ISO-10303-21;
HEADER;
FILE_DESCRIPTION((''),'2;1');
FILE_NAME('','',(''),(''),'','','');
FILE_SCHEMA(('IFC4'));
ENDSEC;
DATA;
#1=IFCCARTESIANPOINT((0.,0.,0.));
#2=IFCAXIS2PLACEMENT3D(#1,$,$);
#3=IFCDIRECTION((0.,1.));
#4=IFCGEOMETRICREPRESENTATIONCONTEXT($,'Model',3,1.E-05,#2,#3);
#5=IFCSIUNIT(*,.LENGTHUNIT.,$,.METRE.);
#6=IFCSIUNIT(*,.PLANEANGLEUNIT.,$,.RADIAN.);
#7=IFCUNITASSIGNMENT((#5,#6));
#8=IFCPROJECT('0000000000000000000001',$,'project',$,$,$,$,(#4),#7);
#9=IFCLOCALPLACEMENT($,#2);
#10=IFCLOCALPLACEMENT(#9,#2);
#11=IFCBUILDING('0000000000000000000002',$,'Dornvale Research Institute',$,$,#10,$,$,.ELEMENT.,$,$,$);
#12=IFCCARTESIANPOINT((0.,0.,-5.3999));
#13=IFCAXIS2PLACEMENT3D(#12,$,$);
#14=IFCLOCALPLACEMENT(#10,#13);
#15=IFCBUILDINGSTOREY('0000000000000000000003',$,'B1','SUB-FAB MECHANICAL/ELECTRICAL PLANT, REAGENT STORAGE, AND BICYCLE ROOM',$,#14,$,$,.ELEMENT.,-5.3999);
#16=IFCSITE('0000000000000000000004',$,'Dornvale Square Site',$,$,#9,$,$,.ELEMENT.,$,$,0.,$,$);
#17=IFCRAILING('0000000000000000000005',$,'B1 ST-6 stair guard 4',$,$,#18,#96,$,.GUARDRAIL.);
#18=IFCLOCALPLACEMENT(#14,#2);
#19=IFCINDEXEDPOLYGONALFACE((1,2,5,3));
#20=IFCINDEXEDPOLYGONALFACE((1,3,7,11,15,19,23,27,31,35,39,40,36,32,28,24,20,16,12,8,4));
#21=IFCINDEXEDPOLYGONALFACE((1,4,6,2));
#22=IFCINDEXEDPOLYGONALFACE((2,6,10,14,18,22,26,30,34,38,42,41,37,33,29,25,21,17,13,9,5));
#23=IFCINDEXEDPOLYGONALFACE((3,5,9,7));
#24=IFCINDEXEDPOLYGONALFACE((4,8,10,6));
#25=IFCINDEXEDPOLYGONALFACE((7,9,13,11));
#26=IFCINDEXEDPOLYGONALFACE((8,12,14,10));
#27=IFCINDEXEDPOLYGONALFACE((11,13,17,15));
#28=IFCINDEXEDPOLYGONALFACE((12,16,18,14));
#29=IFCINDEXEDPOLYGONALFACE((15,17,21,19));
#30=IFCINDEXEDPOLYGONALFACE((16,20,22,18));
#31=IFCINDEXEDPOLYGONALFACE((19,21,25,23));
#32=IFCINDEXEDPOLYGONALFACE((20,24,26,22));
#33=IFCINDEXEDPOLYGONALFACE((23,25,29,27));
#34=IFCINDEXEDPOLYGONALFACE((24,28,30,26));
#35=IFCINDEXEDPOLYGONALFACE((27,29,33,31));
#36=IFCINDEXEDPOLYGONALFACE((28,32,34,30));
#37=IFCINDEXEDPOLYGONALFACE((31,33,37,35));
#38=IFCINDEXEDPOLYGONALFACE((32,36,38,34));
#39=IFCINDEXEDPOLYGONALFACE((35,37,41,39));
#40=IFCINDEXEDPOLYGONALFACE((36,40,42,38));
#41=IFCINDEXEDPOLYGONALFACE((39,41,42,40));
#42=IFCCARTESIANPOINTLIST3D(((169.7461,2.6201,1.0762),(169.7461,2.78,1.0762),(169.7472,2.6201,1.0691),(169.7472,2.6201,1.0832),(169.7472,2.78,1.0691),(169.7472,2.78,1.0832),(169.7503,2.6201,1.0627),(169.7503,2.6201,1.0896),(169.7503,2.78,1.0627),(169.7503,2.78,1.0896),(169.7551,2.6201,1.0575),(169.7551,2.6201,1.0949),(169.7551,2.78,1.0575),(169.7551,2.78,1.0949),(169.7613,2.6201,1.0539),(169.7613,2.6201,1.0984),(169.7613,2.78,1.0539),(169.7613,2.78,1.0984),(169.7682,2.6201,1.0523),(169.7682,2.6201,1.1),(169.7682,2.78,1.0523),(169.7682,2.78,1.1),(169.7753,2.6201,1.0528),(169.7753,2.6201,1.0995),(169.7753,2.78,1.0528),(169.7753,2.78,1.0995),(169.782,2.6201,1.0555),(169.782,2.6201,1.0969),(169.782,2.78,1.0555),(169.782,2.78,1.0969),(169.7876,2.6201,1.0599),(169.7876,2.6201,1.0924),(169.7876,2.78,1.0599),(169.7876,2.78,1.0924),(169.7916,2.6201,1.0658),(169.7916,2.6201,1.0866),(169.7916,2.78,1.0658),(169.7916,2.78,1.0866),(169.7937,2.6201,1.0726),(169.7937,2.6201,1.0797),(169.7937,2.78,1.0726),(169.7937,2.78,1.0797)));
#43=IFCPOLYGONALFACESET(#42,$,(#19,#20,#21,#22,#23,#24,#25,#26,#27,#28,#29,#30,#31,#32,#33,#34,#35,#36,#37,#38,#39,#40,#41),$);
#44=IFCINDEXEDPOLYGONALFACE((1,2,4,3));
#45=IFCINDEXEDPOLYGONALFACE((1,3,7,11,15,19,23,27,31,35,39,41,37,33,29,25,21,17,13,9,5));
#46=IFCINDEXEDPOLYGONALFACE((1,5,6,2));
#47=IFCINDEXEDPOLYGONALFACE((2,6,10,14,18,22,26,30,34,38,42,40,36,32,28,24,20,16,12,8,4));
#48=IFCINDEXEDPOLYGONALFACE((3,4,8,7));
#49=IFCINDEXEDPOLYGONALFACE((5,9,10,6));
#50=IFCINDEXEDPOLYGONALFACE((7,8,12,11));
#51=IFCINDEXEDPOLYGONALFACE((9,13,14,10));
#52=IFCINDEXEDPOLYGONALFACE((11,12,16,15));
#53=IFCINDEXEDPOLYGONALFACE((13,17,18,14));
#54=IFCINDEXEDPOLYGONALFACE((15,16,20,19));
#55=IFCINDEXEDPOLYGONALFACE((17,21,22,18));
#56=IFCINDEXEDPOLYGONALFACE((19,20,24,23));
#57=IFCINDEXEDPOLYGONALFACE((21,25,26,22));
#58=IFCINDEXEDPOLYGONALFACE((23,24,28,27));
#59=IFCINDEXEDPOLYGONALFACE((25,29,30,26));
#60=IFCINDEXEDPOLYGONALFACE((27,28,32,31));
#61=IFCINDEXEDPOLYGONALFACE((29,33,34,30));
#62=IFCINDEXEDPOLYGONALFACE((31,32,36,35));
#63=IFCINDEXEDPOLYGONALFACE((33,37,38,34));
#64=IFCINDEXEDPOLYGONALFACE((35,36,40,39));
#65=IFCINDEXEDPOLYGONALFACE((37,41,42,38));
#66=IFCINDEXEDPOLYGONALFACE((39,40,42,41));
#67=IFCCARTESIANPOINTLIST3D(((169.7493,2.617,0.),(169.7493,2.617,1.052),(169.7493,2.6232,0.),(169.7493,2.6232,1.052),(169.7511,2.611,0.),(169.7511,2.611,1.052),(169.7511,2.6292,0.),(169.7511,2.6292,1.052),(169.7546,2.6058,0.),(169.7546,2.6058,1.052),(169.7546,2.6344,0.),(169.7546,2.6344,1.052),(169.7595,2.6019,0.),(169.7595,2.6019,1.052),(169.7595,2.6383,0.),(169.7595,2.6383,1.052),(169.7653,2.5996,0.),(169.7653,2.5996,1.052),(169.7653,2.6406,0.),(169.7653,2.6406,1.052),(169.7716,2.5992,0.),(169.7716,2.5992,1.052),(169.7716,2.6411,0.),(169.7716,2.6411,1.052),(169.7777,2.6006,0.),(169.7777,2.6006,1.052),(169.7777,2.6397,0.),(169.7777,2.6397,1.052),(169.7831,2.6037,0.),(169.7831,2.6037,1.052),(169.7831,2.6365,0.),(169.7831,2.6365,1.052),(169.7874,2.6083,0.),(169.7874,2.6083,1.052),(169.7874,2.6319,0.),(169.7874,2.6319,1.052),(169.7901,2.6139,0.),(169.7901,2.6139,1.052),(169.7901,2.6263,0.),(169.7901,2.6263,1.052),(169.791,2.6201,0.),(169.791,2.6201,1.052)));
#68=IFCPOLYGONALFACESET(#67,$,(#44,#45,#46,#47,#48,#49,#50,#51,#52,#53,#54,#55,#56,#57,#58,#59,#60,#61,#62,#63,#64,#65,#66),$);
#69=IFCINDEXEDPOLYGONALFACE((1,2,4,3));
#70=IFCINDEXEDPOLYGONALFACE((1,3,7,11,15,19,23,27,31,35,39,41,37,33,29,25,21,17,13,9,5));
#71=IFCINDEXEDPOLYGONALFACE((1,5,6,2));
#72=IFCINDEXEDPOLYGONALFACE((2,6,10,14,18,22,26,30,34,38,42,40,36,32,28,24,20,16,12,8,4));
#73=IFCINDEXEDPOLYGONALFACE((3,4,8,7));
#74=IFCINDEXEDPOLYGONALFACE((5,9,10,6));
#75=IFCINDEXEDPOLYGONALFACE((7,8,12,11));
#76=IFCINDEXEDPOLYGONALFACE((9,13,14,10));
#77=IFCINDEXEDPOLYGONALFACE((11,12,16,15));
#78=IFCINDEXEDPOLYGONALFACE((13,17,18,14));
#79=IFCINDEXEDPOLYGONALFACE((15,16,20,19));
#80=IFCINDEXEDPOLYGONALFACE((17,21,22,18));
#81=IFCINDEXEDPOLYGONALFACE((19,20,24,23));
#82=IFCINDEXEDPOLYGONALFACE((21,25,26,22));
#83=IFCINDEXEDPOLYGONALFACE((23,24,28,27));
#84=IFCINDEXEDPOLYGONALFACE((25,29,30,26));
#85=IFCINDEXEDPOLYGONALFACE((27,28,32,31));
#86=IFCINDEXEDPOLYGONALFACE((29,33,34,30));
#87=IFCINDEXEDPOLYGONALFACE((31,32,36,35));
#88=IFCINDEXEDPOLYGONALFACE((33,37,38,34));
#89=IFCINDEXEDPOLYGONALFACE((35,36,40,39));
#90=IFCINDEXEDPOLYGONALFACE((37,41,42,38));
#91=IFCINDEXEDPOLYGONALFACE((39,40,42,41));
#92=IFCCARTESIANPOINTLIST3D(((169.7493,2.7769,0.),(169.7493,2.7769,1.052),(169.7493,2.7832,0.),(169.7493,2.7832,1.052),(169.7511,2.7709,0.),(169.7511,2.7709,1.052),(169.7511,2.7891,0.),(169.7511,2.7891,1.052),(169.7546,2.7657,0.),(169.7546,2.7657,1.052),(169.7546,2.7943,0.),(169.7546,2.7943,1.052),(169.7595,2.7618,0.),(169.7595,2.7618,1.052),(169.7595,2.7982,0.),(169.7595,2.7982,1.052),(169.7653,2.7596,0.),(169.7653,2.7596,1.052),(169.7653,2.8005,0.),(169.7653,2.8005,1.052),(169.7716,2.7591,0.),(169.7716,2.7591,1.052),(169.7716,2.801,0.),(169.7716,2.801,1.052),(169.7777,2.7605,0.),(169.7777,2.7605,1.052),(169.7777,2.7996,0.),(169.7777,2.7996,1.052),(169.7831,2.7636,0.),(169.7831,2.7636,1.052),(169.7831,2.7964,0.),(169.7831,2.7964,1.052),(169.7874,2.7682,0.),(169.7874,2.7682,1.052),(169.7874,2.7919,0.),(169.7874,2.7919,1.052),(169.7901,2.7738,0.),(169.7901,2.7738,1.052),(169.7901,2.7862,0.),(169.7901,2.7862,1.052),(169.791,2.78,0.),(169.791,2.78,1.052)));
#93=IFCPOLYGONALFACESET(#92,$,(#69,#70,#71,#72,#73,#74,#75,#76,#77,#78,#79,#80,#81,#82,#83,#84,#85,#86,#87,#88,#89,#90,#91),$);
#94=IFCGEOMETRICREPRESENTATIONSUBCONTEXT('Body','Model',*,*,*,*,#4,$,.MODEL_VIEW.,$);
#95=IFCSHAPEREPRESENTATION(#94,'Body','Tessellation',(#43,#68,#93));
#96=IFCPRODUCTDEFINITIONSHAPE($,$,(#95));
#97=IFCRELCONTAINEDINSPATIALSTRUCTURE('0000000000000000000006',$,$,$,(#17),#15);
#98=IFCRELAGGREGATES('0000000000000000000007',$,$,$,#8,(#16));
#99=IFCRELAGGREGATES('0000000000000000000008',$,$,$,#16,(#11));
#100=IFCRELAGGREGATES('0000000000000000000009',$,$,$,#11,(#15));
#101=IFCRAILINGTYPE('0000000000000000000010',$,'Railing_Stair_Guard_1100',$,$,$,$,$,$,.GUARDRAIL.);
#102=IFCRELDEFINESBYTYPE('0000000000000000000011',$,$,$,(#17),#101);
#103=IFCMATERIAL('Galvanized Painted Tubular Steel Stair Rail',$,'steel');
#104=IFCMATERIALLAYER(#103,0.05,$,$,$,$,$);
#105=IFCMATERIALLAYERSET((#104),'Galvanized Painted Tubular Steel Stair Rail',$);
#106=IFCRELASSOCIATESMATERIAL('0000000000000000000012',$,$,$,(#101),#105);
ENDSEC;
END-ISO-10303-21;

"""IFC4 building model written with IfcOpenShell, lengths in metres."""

from ifc_helpers import new_model, si_unit, direction, frame, origin, origin_2d, place, context, subcontext, project, spatial, circle, extrude, material, layer, layer_set, type_object, element, save


model = new_model("IFC4")

# Units and contexts
model_context = context("Model", 3, precision=1e-05, world=origin(), true_north=direction((0.0, 1.0)))
body_context = subcontext(model_context, "Body", "Model", "MODEL_VIEW")
ifc_project = project(units=[si_unit("LENGTHUNIT", "METRE"), si_unit("PLANEANGLEUNIT", "RADIAN")], contexts=[model_context])

# Site, building, storey
site_placement = place(None, origin())
site = spatial("IfcSite", under=ifc_project, at=site_placement, Name="Dornvale Square Site", CompositionType="ELEMENT", RefElevation=0.0)
building_placement = place(site_placement, origin())
building = spatial("IfcBuilding", under=site, at=building_placement, Name="Dornvale Research Institute", CompositionType="ELEMENT")
storey_placement = place(building_placement, frame((0.0, 0.0, -5.3999)))
storey = spatial("IfcBuildingStorey", under=building, at=storey_placement, Name="B1", Description="SUB-FAB MECHANICAL/ELECTRICAL PLANT, REAGENT STORAGE, AND BICYCLE ROOM", CompositionType="ELEMENT", Elevation=-5.3999)

# Railing
ifc_material_1 = material(Name="Galvanized Painted Tubular Steel Stair Rail", Category="steel")
ifc_layer_1 = layer(ifc_material_1, 0.05)
ifc_layer_set_1 = layer_set([ifc_layer_1], Name="Galvanized Painted Tubular Steel Stair Rail")
railing_type_1 = type_object("IfcRailingType", Name="Railing_Stair_Guard_1100", PredefinedType="GUARDRAIL", material=ifc_layer_set_1)
railing_1_placement = place(storey_placement, frame((169.77, 2.6201, 0.0)))
element("IfcRailing", 1, at=railing_1_placement, inside=storey, type_object=railing_type_1, Name="B1 ST-6 stair guard 4", PredefinedType="GUARDRAIL", context=body_context, shape_type="SweptSolid", body=[
    extrude(circle(Radius=0.0239, at=origin_2d()), frame((0.0, 0.0, 1.0762), z_axis=(0.0, 1.0, 0.0), x_axis=(-1.0, 0.0, 0.0)), (0.0, 0.0, 1.0), 0.1599),
    extrude(circle(Radius=0.021, at=origin_2d()), origin(), (0.0, 0.0, 1.0), 1.052),
    extrude(circle(Radius=0.021, at=origin_2d()), frame((0.0, 0.1599, 0.0)), (0.0, 0.0, 1.0), 1.052),
])

save(model, "model.ifc")
